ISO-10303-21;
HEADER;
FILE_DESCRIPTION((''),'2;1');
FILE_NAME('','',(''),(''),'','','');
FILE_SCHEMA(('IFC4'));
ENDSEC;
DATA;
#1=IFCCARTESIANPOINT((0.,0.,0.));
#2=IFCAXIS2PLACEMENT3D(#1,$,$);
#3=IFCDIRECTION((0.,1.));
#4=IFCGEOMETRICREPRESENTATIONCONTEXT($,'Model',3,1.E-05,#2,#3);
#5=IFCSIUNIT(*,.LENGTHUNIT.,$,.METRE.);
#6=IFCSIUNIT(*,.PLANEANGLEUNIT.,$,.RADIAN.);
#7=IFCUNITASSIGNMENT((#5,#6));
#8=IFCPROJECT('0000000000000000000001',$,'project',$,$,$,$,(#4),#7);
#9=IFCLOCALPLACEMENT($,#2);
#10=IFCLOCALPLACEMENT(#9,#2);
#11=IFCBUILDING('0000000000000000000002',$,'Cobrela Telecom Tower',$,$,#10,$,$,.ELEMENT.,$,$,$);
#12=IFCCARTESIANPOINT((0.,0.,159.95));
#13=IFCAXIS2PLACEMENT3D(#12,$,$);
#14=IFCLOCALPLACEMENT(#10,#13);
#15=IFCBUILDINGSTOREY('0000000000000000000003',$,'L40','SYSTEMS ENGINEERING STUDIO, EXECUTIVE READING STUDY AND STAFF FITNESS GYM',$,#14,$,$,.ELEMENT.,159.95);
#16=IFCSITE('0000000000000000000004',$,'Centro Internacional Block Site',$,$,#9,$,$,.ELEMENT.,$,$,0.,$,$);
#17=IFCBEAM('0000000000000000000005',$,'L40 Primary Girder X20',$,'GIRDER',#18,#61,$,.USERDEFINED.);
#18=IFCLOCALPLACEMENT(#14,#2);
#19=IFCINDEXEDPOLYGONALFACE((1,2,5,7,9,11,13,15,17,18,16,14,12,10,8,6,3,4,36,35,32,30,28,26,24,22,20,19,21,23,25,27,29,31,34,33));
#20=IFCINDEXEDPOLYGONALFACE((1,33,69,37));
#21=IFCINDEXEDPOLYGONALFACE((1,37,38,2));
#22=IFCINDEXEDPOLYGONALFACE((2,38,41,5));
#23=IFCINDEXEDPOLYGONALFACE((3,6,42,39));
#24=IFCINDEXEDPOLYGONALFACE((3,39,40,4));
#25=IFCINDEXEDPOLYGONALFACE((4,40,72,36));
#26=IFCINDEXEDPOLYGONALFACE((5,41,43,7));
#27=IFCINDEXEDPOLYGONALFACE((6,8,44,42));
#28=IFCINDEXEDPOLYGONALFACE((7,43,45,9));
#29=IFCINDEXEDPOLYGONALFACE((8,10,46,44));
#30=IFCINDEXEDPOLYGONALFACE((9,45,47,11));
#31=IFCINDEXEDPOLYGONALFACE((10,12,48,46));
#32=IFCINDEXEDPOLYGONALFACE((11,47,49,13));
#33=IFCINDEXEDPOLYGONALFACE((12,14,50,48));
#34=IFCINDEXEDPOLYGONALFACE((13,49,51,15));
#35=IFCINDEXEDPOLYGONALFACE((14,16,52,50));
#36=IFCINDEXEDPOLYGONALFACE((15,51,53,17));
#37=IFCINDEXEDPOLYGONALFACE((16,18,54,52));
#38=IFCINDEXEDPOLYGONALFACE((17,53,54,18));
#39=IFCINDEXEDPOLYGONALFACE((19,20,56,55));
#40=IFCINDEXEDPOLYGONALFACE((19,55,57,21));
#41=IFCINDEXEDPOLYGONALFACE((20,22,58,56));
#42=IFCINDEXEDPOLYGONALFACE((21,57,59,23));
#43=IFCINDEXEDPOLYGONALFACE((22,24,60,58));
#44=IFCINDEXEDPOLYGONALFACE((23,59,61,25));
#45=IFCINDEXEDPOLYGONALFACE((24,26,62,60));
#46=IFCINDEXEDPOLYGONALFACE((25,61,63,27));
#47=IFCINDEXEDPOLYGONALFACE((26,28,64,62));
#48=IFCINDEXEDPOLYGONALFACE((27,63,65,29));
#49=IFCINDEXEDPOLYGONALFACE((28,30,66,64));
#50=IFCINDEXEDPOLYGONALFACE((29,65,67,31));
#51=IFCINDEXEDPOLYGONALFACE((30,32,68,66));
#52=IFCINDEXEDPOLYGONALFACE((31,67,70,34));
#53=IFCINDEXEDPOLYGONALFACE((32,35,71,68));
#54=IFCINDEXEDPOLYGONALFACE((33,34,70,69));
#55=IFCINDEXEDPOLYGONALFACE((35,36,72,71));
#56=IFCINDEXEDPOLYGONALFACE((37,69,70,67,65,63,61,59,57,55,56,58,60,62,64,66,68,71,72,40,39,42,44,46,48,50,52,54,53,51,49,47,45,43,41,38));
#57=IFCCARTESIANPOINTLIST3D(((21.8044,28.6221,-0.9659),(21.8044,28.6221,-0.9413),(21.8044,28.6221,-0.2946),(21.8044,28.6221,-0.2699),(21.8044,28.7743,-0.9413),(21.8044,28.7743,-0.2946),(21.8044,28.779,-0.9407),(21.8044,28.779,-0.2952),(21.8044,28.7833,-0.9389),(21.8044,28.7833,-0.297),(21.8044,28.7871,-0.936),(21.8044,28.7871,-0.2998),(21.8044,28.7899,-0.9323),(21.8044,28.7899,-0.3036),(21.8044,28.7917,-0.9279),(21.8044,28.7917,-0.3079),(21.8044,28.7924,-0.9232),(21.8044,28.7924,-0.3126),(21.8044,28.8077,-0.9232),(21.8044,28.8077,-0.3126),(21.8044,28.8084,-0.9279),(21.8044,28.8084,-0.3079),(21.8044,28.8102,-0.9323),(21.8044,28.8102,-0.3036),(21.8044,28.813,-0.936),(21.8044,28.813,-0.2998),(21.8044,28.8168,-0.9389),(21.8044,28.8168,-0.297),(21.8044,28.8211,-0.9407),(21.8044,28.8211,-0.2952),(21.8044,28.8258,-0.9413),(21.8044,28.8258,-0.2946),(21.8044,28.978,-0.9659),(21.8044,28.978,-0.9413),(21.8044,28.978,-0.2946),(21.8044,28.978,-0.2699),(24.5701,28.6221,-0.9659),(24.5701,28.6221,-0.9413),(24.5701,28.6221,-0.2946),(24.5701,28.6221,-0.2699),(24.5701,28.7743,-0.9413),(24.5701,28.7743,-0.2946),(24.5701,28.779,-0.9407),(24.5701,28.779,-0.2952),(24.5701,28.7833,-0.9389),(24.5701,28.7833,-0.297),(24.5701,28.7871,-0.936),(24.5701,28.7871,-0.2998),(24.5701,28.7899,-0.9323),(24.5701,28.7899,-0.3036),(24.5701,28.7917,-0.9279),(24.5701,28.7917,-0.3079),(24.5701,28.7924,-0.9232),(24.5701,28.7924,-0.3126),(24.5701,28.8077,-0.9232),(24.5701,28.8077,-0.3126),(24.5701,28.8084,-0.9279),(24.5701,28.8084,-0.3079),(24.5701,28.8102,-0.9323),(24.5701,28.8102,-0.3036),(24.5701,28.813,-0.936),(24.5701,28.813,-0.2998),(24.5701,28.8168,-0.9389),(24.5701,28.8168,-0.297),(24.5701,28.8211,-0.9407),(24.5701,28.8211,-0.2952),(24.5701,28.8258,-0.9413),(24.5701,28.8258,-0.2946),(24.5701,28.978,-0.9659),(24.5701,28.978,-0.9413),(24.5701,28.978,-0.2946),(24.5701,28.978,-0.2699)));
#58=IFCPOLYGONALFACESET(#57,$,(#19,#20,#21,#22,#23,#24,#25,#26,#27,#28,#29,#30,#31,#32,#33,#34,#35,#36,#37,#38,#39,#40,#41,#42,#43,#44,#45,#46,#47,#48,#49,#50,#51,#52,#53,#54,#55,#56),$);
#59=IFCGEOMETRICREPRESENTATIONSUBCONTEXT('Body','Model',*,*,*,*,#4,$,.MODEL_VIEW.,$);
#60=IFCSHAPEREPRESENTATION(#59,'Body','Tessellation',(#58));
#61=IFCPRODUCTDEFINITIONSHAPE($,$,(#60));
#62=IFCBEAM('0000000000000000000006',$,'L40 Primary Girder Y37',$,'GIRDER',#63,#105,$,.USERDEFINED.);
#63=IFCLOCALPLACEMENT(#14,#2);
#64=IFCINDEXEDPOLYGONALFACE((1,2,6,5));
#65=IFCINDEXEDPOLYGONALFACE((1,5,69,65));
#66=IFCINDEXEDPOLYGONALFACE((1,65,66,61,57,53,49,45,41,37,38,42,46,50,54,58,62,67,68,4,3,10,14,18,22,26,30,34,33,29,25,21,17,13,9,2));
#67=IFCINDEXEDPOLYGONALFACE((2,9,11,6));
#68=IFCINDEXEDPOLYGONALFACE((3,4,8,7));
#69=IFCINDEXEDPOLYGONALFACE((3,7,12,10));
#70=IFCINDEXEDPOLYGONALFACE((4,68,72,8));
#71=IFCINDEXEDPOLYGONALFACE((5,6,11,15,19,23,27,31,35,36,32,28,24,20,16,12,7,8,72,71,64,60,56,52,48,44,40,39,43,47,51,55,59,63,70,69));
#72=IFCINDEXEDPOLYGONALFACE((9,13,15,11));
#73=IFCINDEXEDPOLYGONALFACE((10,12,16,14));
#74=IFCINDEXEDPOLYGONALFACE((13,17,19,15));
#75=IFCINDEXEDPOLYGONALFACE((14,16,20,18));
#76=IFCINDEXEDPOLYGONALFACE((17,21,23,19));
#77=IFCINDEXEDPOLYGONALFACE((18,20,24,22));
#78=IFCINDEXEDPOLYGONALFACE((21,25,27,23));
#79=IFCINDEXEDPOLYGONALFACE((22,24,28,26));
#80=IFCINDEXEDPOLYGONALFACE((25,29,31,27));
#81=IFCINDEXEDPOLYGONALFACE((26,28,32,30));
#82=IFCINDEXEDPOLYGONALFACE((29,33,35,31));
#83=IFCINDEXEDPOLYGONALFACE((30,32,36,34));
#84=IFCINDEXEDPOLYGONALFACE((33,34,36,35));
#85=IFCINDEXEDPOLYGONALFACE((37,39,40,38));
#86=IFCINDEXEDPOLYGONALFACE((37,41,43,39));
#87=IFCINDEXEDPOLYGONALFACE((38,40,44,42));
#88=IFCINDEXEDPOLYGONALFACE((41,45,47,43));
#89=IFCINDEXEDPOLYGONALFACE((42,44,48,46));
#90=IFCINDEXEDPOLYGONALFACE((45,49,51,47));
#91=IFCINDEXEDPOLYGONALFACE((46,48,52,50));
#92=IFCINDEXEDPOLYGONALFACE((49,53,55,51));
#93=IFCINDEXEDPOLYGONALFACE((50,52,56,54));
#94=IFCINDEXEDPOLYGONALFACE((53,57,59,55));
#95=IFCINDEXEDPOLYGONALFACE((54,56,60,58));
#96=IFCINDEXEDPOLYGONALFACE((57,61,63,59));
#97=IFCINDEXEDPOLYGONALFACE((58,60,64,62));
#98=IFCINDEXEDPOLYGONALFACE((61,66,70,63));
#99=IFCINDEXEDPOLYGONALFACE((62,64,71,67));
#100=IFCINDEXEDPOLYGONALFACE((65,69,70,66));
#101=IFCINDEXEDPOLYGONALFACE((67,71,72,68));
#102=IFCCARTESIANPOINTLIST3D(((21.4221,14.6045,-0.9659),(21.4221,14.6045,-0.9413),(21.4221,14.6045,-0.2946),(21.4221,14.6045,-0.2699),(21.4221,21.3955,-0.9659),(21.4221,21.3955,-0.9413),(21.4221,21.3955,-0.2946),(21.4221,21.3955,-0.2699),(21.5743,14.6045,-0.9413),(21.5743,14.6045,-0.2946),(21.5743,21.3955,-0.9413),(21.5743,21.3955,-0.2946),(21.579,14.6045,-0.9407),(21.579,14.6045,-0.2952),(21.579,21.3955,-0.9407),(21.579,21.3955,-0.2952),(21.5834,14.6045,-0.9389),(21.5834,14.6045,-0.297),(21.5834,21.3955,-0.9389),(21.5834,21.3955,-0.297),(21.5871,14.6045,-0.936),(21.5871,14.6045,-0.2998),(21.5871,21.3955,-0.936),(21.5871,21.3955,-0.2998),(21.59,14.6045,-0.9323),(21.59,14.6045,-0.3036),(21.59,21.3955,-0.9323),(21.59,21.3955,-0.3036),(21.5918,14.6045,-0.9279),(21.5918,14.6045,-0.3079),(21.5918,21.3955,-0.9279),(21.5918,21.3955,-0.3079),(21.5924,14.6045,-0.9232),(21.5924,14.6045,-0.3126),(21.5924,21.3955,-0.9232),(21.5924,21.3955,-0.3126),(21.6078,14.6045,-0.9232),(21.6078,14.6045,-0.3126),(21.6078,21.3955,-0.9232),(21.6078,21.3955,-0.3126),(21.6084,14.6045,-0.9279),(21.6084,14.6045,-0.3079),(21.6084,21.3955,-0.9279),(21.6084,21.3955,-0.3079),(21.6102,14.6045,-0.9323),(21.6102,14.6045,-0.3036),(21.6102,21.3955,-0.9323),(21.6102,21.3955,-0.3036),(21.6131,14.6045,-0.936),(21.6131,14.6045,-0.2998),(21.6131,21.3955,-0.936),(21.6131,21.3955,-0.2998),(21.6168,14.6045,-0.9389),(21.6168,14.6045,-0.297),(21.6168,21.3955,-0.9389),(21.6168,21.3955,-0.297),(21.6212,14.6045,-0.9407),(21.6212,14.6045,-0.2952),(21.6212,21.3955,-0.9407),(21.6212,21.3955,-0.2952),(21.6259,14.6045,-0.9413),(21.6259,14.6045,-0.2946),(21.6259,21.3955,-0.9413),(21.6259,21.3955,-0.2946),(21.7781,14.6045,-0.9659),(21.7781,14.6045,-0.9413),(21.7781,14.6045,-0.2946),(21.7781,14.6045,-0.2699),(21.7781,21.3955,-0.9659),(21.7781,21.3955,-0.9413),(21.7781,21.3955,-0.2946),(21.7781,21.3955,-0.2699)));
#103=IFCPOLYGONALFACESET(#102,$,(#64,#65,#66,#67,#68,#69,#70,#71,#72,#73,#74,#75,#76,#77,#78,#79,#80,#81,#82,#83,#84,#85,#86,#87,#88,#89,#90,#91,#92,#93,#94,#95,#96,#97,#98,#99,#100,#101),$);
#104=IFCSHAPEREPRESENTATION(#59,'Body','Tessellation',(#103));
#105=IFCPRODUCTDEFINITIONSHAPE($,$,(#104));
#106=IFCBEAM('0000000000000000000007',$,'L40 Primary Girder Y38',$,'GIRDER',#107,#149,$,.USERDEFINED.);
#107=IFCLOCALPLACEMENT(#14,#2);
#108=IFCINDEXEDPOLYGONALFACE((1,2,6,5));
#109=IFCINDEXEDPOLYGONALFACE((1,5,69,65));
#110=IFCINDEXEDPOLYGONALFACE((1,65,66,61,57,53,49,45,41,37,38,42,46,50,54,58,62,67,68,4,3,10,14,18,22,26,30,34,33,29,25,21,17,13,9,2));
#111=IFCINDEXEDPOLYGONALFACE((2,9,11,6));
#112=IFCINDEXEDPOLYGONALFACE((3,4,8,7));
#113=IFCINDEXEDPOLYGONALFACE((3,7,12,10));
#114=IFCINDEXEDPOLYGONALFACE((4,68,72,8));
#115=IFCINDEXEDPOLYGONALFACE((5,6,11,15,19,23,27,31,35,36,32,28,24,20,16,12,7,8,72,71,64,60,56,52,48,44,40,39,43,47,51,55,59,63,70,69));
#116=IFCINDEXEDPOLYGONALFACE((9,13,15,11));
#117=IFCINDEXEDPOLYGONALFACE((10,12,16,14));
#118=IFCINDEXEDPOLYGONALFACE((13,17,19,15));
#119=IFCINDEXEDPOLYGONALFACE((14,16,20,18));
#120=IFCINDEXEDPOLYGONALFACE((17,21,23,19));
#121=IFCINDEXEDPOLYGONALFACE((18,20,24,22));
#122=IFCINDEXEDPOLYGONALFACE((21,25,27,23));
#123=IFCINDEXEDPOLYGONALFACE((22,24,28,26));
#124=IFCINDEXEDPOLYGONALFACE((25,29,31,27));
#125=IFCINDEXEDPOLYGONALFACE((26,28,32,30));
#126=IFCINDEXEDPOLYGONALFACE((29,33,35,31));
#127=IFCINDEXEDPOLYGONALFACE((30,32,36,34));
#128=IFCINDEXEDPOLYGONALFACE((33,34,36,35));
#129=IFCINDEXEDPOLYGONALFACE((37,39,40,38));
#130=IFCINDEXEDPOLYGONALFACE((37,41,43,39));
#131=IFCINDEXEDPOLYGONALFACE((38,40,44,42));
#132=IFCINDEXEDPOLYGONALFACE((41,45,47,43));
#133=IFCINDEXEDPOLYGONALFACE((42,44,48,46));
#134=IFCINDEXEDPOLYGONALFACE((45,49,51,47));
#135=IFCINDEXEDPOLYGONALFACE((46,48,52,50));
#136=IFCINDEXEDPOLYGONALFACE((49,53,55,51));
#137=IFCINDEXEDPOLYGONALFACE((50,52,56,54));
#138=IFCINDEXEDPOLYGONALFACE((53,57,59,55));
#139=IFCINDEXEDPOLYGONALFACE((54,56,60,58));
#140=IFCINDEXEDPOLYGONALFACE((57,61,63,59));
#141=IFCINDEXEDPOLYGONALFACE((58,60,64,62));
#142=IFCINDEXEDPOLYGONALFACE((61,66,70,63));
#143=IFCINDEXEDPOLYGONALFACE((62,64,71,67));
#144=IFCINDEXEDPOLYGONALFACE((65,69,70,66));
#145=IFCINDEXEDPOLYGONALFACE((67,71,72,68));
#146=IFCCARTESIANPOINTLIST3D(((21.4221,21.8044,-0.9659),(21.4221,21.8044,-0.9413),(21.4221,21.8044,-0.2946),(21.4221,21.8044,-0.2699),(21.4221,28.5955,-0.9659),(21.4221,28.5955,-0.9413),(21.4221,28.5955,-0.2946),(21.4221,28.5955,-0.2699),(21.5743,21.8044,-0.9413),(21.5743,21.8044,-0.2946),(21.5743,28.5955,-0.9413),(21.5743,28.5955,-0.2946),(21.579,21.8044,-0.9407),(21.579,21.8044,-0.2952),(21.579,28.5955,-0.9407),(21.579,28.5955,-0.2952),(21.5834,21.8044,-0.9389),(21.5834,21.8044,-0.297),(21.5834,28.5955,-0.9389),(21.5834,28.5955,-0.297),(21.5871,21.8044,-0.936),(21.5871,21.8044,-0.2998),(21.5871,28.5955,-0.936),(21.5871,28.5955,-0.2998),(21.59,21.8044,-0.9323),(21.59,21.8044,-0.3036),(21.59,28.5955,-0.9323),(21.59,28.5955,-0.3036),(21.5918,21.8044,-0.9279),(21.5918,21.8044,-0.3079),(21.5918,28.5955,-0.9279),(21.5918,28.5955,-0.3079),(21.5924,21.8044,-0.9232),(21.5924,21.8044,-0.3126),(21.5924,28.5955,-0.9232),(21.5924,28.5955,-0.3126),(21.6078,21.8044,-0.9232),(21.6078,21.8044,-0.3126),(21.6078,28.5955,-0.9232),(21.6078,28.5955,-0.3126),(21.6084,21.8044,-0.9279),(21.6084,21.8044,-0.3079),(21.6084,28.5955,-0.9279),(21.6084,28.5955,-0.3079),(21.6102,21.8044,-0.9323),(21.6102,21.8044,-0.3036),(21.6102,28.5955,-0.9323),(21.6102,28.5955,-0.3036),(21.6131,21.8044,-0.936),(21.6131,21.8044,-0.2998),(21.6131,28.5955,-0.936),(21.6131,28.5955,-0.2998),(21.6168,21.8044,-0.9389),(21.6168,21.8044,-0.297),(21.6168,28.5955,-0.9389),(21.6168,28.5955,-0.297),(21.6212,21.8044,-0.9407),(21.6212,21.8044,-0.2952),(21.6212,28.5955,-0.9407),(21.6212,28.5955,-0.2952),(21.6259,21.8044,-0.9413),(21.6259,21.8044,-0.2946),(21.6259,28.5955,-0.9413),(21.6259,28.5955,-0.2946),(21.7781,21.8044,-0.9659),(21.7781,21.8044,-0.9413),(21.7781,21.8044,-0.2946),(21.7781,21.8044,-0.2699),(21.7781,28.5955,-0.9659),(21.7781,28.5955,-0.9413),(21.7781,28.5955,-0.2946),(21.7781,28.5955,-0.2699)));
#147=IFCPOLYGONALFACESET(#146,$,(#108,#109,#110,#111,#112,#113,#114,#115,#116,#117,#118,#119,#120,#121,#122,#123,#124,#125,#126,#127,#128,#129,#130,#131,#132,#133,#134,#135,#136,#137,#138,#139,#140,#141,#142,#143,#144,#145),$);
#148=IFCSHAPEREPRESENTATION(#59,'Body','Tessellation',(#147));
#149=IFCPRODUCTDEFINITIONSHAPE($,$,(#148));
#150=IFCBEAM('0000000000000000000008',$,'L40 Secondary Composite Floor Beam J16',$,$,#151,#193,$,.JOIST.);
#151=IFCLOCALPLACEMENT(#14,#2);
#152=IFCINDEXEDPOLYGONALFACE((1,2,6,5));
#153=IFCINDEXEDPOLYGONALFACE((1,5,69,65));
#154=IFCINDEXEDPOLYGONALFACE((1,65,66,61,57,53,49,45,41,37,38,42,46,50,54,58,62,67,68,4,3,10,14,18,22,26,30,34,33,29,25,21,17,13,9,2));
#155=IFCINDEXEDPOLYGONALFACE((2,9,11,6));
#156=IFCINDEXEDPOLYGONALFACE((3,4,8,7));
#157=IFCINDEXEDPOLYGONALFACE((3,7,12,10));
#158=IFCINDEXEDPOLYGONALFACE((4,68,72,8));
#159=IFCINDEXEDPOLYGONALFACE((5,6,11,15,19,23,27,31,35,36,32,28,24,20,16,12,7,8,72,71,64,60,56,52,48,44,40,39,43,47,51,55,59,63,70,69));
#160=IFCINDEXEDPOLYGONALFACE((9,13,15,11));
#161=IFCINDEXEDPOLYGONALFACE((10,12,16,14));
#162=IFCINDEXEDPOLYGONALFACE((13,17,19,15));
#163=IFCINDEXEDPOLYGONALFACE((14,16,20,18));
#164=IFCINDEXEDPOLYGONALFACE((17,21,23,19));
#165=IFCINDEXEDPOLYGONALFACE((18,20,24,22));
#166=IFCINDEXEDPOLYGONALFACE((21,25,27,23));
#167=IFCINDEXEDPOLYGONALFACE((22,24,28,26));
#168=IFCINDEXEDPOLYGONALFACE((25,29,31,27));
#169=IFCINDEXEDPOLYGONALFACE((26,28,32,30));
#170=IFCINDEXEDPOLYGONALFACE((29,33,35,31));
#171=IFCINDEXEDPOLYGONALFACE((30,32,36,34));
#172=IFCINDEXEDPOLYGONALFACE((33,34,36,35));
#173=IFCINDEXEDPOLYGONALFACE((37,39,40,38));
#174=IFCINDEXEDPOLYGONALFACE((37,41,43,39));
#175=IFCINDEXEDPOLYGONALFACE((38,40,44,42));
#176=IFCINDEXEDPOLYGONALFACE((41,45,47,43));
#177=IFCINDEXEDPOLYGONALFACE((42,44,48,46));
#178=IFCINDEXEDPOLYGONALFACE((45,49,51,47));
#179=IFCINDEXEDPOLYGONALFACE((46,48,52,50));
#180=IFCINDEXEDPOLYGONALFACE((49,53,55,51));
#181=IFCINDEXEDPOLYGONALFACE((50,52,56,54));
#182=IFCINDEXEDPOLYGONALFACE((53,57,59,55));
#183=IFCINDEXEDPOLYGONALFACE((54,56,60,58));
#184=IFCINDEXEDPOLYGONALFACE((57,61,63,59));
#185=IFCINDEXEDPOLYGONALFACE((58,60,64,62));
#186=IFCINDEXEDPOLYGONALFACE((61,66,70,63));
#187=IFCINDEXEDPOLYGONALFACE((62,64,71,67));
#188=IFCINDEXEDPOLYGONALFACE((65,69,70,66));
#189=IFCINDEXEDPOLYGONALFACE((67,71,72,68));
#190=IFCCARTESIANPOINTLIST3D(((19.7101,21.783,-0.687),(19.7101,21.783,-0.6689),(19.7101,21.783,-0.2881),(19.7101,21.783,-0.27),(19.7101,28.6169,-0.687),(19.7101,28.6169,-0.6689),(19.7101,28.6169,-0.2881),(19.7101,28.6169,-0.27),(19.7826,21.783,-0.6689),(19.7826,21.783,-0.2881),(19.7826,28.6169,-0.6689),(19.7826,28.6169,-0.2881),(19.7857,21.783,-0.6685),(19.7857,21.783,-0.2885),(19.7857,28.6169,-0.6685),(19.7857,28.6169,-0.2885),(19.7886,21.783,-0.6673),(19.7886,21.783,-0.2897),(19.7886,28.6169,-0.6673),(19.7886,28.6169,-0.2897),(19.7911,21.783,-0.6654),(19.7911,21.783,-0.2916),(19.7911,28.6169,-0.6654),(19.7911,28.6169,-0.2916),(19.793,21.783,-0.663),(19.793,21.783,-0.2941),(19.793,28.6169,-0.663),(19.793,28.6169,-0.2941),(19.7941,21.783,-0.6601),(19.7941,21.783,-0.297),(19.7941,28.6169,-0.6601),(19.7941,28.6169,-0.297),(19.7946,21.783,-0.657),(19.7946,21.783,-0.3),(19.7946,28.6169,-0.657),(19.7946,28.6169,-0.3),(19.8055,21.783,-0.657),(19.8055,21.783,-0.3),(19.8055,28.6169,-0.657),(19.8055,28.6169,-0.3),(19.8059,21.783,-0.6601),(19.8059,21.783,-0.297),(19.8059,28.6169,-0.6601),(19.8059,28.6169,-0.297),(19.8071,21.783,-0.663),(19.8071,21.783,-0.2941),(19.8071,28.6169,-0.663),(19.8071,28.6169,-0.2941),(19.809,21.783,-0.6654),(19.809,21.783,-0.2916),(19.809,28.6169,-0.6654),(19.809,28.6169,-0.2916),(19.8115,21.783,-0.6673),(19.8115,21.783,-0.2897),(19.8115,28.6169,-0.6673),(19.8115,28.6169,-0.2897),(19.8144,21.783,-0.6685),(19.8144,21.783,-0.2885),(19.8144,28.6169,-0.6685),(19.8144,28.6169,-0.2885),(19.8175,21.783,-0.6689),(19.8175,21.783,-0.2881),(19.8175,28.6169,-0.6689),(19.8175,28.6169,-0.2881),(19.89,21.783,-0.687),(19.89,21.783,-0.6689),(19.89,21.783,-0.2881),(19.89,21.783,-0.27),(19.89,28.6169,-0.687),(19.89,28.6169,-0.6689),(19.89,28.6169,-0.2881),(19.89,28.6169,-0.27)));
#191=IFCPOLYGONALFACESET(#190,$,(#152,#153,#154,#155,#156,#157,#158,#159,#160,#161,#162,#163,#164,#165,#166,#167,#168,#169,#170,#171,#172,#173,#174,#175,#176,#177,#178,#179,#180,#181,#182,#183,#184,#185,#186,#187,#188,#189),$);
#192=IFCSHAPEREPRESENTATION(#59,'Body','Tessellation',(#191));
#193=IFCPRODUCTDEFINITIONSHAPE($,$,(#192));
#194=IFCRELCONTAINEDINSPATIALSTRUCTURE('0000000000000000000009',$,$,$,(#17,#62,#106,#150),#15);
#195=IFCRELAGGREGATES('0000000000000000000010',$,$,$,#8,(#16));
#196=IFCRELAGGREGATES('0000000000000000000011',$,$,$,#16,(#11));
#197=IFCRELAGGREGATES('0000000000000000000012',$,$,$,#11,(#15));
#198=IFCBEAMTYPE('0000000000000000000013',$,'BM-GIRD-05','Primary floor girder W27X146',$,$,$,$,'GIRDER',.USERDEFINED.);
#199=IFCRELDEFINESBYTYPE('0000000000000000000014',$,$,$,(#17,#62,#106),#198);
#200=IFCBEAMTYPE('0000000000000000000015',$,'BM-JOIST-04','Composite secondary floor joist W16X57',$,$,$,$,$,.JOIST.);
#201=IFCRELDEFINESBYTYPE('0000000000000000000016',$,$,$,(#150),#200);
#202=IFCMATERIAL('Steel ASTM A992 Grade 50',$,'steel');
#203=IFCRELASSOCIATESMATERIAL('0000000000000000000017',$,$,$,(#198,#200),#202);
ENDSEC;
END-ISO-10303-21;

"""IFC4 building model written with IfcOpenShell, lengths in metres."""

from ifc_helpers import new_model, si_unit, direction, frame, origin, origin_2d, place, context, subcontext, project, spatial, i_section, extrude, material, material_profile, profile_set, type_object, element, save


model = new_model("IFC4")

# Units and contexts
model_context = context("Model", 3, precision=1e-05, world=origin(), true_north=direction((0.0, 1.0)))
body_context = subcontext(model_context, "Body", "Model", "MODEL_VIEW")
ifc_project = project(units=[si_unit("LENGTHUNIT", "METRE"), si_unit("PLANEANGLEUNIT", "RADIAN")], contexts=[model_context])

# Site, building, storey
site_placement = place(None, origin())
site = spatial("IfcSite", under=ifc_project, at=site_placement, Name="Centro Internacional Block Site", CompositionType="ELEMENT", RefElevation=0.0)
building_placement = place(site_placement, origin())
building = spatial("IfcBuilding", under=site, at=building_placement, Name="Cobrela Telecom Tower", CompositionType="ELEMENT")
storey_placement = place(building_placement, frame((0.0, 0.0, 159.95)))
storey = spatial("IfcBuildingStorey", under=building, at=storey_placement, Name="L40", Description="SYSTEMS ENGINEERING STUDIO, EXECUTIVE READING STUDY AND STAFF FITNESS GYM", CompositionType="ELEMENT", Elevation=159.95)

# Shared definitions
ifc_material_1 = material(Name="Steel ASTM A992 Grade 50", Category="steel")

# Beams
ifc_material_profile_1 = material_profile(ifc_material_1, i_section(OverallWidth=0.356, OverallDepth=0.696, WebThickness=0.0154, FlangeThickness=0.0247, FilletRadius=0.0181, at=origin_2d()), Name="W27X146")
ifc_profile_set_1 = profile_set([ifc_material_profile_1], Name="Steel ASTM A992 Grade 50")
beam_type_1 = type_object("IfcBeamType", Name="BM-GIRD-05", Description="Primary floor girder W27X146", ElementType="GIRDER", PredefinedType="USERDEFINED", material=ifc_profile_set_1)
beam_1_placement = place(storey_placement, frame((21.8044, 28.8, -0.6179), z_axis=(1.0, 0.0, 0.0), x_axis=(0.0, 1.0, 0.0)))
element("IfcBeam", 1, at=beam_1_placement, inside=storey, type_object=beam_type_1, Name="L40 Primary Girder X20", ObjectType="GIRDER", PredefinedType="USERDEFINED", context=body_context, shape_type="SweptSolid", body=[
    extrude(i_section(OverallWidth=0.356, OverallDepth=0.696, WebThickness=0.0154, FlangeThickness=0.0247, FilletRadius=0.0181, at=origin_2d()), origin(), (0.0, 0.0, 1.0), 2.7656),
])
for number, where, z_axis, x_axis, name in (
    (2, (21.6001, 14.6045, -0.6179), (0.0, 1.0, 0.0), (-1.0, 0.0, 0.0), "L40 Primary Girder Y37"),
    (3, (21.6001, 21.8044, -0.6179), (0.0, 1.0, 0.0), (-1.0, 0.0, 0.0), "L40 Primary Girder Y38"),
):
    element("IfcBeam", number, at=place(storey_placement, frame(where, z_axis=z_axis, x_axis=x_axis)), inside=storey, type_object=beam_type_1, Name=name, ObjectType="GIRDER", PredefinedType="USERDEFINED", context=body_context, shape_type="SweptSolid", body=[
        extrude(i_section(OverallWidth=0.356, OverallDepth=0.696, WebThickness=0.0154, FlangeThickness=0.0247, FilletRadius=0.0181, at=origin_2d()), origin(), (0.0, 0.0, 1.0), 6.791),
    ])
ifc_material_profile_2 = material_profile(ifc_material_1, i_section(OverallWidth=0.1799, OverallDepth=0.417, WebThickness=0.011, FlangeThickness=0.0181, FilletRadius=0.012, at=origin_2d()), Name="W16X57")
ifc_profile_set_2 = profile_set([ifc_material_profile_2], Name="Steel ASTM A992 Grade 50")
beam_type_2 = type_object("IfcBeamType", Name="BM-JOIST-04", Description="Composite secondary floor joist W16X57", PredefinedType="JOIST", material=ifc_profile_set_2)
for number, where, z_axis, x_axis, name in (
    (4, (19.8, 21.783, -0.4785), (0.0, 1.0, 0.0), (-1.0, 0.0, 0.0), "L40 Secondary Composite Floor Beam J16"),
):
    element("IfcBeam", number, at=place(storey_placement, frame(where, z_axis=z_axis, x_axis=x_axis)), inside=storey, type_object=beam_type_2, Name=name, PredefinedType="JOIST", context=body_context, shape_type="SweptSolid", body=[
        extrude(i_section(OverallWidth=0.1799, OverallDepth=0.417, WebThickness=0.011, FlangeThickness=0.0181, FilletRadius=0.012, at=origin_2d()), origin(), (0.0, 0.0, 1.0), 6.834),
    ])

save(model, "model.ifc")
